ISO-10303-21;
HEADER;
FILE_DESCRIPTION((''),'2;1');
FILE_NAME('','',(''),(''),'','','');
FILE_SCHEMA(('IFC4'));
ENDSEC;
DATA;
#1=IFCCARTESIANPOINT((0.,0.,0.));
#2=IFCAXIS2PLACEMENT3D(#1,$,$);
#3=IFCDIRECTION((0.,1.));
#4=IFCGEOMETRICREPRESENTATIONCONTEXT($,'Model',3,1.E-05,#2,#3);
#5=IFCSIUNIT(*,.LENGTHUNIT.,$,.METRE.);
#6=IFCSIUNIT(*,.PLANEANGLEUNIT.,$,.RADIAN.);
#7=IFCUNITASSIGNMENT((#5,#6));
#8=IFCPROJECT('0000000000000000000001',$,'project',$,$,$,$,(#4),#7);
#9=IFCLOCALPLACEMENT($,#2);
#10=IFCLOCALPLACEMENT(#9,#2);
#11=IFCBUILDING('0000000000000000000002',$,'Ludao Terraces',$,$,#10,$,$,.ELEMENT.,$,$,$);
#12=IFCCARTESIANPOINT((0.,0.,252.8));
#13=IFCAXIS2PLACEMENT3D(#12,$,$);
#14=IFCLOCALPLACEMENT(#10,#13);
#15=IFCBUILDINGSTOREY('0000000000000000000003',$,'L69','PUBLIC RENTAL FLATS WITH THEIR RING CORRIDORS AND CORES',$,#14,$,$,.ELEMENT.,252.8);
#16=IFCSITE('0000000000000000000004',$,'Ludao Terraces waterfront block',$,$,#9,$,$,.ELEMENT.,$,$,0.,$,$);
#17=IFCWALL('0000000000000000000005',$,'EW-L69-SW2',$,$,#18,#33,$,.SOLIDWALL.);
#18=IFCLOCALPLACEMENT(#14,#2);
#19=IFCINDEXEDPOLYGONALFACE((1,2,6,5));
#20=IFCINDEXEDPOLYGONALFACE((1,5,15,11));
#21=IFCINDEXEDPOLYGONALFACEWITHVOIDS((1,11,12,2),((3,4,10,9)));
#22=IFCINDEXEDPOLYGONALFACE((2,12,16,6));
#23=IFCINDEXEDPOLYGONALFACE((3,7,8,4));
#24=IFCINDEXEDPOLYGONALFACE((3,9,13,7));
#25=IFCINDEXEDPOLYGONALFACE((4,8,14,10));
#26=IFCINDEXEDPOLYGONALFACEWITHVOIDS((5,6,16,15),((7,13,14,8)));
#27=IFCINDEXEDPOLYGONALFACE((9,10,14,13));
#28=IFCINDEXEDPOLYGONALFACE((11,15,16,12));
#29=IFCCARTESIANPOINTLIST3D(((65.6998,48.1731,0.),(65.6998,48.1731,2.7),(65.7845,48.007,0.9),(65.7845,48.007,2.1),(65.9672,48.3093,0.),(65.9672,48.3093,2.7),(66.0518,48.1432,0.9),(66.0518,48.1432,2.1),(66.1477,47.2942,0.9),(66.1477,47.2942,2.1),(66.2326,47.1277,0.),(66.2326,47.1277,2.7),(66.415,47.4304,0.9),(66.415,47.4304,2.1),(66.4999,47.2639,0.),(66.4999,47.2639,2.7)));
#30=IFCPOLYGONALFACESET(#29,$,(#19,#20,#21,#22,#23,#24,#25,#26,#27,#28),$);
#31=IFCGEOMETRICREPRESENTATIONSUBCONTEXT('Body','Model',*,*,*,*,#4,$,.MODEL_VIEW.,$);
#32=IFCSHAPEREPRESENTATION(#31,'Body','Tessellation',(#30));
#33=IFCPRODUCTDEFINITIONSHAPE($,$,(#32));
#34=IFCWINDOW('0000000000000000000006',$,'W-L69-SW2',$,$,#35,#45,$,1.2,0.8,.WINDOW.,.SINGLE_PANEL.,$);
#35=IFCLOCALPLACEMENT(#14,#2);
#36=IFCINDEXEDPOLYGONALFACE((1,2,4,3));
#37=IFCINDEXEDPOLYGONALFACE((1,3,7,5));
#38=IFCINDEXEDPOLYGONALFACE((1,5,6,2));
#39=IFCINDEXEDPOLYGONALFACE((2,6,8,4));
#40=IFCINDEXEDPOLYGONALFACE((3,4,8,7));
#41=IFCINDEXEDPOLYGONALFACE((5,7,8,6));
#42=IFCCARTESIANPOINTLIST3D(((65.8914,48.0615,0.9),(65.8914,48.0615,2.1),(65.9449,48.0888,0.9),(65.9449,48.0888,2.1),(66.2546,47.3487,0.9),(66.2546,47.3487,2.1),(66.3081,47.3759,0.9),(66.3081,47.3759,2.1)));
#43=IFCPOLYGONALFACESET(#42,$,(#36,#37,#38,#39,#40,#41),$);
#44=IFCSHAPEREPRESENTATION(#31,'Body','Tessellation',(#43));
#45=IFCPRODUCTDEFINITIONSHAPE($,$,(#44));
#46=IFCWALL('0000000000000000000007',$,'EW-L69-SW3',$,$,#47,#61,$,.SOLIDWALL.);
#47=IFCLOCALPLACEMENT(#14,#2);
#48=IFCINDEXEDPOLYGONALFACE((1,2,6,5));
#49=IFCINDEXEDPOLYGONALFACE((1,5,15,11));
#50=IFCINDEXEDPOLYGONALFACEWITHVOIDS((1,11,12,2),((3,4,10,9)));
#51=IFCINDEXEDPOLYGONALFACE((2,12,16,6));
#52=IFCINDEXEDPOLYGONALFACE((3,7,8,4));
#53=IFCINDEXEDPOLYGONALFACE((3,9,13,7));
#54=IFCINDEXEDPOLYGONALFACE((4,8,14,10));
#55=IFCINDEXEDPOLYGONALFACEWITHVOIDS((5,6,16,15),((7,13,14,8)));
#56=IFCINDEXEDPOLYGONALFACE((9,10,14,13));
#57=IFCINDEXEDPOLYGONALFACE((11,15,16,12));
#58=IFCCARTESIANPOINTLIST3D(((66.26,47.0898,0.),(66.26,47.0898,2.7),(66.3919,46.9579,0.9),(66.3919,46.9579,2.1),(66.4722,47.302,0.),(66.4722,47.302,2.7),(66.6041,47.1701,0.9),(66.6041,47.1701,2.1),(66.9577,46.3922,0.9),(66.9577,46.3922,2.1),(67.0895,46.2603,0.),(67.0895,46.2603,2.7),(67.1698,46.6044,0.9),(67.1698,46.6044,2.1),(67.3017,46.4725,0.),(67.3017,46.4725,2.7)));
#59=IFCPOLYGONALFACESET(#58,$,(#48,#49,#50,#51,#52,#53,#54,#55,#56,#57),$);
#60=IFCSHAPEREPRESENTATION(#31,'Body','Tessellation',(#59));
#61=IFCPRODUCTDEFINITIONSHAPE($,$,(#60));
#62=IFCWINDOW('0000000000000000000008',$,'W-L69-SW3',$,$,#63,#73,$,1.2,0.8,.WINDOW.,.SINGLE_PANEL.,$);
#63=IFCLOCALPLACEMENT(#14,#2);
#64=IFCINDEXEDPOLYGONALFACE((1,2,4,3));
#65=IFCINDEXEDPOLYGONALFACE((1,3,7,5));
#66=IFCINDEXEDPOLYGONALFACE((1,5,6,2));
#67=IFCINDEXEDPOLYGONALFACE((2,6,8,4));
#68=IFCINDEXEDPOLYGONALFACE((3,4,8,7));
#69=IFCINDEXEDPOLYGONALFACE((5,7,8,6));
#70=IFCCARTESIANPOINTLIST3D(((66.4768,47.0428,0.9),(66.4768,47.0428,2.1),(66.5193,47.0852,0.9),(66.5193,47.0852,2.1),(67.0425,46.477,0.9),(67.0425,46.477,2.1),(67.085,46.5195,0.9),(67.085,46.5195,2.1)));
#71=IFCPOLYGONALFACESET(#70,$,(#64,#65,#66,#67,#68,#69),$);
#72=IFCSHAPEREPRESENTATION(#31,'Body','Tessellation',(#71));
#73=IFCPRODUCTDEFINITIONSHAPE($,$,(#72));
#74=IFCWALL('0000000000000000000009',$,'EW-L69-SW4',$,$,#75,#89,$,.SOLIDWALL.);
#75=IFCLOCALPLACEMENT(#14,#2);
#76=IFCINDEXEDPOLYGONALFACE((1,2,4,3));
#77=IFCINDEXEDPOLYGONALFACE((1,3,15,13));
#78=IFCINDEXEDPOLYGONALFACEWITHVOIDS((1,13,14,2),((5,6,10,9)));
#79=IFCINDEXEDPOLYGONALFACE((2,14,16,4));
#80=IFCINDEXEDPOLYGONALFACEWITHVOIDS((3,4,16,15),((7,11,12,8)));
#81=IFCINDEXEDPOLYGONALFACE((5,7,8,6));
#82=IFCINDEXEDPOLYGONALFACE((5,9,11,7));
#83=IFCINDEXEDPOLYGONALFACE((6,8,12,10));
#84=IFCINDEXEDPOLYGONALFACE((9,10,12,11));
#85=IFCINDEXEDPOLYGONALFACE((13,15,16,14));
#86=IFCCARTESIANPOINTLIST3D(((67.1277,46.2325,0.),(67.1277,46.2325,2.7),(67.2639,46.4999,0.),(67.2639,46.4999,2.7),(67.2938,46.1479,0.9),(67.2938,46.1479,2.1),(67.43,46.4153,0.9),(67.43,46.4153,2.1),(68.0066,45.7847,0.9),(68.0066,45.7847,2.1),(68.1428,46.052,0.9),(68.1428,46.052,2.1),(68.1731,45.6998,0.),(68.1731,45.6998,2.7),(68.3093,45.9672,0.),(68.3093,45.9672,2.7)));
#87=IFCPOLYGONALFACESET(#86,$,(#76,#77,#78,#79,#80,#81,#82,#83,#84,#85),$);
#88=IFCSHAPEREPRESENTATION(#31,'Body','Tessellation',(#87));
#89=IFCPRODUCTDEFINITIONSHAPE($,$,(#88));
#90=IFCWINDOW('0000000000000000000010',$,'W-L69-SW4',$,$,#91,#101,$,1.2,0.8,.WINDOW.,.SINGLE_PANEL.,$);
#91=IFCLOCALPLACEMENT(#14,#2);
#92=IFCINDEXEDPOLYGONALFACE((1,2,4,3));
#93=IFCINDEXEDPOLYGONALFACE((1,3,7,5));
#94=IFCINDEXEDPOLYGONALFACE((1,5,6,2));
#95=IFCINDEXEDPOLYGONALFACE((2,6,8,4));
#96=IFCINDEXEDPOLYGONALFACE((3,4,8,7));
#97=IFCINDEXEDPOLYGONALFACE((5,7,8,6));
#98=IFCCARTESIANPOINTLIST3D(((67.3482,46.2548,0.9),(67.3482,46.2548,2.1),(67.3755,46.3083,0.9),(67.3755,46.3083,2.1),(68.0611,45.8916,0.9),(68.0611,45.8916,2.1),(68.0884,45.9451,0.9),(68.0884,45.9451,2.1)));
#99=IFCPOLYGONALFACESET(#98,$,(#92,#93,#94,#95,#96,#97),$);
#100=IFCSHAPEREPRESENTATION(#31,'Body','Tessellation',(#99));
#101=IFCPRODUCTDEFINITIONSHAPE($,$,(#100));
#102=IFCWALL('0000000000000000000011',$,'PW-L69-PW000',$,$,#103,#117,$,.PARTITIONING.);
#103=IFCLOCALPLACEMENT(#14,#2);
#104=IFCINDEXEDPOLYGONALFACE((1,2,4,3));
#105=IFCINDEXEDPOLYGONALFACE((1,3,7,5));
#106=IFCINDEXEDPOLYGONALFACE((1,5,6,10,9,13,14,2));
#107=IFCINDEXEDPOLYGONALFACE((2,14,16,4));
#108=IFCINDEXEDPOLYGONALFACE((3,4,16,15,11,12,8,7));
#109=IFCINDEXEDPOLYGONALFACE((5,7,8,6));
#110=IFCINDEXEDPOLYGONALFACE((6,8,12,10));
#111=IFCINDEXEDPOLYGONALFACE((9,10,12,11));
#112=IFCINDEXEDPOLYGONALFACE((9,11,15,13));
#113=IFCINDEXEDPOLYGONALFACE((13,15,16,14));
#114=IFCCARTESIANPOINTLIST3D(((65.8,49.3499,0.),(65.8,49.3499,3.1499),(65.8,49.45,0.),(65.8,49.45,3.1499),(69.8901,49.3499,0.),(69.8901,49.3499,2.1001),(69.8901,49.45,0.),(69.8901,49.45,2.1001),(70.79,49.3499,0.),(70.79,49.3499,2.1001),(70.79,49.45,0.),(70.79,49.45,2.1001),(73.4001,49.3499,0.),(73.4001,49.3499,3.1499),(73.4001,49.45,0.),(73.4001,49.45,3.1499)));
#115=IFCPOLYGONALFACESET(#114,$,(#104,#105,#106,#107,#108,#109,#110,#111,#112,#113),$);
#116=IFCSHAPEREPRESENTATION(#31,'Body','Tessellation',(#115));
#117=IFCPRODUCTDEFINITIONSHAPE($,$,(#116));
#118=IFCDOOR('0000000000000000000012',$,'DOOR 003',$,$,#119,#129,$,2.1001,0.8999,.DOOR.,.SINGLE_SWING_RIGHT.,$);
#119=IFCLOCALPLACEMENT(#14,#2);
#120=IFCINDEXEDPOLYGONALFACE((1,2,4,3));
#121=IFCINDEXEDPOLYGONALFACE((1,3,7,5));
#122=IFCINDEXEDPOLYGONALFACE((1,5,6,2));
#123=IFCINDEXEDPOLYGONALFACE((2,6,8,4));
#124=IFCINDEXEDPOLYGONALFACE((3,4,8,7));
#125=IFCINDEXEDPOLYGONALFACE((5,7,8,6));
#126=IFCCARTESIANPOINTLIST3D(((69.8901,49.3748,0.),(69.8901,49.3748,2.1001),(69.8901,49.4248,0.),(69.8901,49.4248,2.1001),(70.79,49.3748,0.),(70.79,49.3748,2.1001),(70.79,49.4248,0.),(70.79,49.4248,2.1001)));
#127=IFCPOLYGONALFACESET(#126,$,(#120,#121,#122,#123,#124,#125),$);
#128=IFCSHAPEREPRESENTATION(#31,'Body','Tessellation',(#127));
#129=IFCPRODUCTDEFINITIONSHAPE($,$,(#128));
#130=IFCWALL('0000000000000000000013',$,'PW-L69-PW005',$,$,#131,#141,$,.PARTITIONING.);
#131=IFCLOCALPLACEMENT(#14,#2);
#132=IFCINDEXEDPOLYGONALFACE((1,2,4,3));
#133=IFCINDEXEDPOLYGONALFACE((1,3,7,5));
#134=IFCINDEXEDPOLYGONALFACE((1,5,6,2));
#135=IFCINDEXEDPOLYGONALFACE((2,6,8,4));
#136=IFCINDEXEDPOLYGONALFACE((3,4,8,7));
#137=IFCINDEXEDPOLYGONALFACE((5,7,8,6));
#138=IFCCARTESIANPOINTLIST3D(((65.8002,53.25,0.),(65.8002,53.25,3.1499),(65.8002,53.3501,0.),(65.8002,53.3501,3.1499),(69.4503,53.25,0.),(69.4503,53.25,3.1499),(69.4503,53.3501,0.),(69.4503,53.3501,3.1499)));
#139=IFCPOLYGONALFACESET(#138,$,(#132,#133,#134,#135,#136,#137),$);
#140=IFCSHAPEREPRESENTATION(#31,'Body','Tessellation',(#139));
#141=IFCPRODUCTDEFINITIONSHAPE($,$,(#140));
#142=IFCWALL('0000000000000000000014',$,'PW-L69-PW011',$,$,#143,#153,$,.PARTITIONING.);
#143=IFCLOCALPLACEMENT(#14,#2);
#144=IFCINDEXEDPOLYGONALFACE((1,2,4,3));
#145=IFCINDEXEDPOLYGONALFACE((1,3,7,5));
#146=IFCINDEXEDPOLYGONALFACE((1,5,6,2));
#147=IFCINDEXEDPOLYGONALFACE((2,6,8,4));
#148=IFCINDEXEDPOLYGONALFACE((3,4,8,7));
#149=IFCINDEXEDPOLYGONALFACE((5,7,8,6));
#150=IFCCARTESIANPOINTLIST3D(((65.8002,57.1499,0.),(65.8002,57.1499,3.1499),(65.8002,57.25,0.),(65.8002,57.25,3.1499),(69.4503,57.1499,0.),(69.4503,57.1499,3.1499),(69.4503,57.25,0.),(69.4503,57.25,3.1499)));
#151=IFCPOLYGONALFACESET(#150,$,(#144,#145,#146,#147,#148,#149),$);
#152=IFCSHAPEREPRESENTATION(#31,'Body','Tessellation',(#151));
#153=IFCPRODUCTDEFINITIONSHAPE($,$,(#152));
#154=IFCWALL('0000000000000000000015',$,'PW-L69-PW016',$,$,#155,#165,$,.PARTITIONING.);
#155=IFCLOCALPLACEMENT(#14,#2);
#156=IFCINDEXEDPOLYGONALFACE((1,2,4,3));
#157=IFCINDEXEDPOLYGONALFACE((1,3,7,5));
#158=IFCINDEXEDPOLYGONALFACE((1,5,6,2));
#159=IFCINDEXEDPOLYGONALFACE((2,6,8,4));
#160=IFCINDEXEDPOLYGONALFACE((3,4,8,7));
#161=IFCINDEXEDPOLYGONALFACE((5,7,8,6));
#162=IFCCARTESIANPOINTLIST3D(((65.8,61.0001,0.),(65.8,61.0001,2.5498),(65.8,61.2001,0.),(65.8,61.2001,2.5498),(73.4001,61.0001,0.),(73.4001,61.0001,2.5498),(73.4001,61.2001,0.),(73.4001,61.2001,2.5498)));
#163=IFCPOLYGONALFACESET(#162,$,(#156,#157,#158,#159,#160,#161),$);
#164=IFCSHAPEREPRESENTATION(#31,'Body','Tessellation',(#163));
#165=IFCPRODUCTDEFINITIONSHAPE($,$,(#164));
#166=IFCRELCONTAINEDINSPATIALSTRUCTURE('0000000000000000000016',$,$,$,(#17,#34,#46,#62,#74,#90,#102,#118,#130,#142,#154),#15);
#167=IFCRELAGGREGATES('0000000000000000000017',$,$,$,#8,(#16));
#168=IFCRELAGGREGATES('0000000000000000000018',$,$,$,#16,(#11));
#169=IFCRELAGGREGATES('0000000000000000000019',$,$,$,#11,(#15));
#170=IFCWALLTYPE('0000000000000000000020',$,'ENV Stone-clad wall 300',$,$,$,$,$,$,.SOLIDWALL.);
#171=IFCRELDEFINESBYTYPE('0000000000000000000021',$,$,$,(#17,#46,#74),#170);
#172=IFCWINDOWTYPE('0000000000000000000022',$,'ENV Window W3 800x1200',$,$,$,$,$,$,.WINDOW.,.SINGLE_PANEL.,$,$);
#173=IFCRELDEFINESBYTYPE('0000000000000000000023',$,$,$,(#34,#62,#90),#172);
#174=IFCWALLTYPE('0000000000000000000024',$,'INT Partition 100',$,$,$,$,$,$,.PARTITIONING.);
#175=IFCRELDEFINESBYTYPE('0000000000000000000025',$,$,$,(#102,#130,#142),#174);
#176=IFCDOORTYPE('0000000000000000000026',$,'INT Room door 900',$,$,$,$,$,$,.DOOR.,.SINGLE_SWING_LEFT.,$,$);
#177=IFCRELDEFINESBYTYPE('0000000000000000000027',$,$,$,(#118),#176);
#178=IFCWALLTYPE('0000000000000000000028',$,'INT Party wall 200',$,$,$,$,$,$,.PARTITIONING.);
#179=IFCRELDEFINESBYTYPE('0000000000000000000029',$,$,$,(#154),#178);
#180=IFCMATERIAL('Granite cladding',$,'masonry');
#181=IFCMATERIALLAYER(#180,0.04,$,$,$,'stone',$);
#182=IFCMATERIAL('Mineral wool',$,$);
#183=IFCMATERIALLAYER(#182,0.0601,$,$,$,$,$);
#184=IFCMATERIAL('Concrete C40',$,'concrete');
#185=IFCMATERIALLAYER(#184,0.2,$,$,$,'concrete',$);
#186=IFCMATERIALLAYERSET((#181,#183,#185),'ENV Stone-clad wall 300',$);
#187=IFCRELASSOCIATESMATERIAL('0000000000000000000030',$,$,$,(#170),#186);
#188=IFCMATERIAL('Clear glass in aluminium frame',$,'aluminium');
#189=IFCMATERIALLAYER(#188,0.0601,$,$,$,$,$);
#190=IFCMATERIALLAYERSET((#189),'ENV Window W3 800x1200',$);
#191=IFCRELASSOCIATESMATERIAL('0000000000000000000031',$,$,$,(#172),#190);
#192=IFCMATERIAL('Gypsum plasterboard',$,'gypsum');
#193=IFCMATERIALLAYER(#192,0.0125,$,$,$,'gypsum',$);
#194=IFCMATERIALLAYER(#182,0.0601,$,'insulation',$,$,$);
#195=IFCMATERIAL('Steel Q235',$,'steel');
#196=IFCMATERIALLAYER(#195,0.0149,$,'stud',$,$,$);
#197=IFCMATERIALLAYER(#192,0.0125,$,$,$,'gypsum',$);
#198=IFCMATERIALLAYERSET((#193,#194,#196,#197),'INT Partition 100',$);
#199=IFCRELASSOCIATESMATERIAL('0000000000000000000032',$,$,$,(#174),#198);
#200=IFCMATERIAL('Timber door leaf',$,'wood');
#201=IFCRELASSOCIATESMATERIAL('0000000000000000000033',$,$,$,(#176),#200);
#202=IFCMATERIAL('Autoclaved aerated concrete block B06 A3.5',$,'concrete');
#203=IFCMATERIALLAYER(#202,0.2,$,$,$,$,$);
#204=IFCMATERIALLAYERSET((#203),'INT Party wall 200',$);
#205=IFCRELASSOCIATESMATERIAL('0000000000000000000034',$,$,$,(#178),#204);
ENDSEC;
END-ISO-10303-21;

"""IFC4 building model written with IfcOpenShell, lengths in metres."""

from ifc_helpers import new_model, si_unit, direction, frame, frame_2d, origin, place, context, subcontext, project, spatial, rectangle, extrude, material, layer, layer_set, type_object, element, fill, save


model = new_model("IFC4")

# Units and contexts
model_context = context("Model", 3, precision=1e-05, world=origin(), true_north=direction((0.0, 1.0)))
body_context = subcontext(model_context, "Body", "Model", "MODEL_VIEW")
ifc_project = project(units=[si_unit("LENGTHUNIT", "METRE"), si_unit("PLANEANGLEUNIT", "RADIAN")], contexts=[model_context])

# Site, building, storey
site_placement = place(None, origin())
site = spatial("IfcSite", under=ifc_project, at=site_placement, Name="Ludao Terraces waterfront block", CompositionType="ELEMENT", RefElevation=0.0)
building_placement = place(site_placement, origin())
building = spatial("IfcBuilding", under=site, at=building_placement, Name="Ludao Terraces", CompositionType="ELEMENT")
storey_placement = place(building_placement, frame((0.0, 0.0, 252.8)))
storey = spatial("IfcBuildingStorey", under=building, at=storey_placement, Name="L69", Description="PUBLIC RENTAL FLATS WITH THEIR RING CORRIDORS AND CORES", CompositionType="ELEMENT", Elevation=252.8)

# Shared definitions
ifc_material_1 = material(Name="Concrete C40", Category="concrete")

# Shared definitions
ifc_material_2 = material(Name="Granite cladding", Category="masonry")
ifc_layer_1 = layer(ifc_material_2, 0.04, Category="stone")
ifc_material_3 = material(Name="Mineral wool")
ifc_layer_2 = layer(ifc_material_3, 0.0601)
ifc_layer_3 = layer(ifc_material_1, 0.2, Category="concrete")
ifc_layer_set_1 = layer_set([ifc_layer_1, ifc_layer_2, ifc_layer_3], Name="ENV Stone-clad wall 300")
wall_type_1 = type_object("IfcWallType", Name="ENV Stone-clad wall 300", PredefinedType="SOLIDWALL", material=ifc_layer_set_1)
ifc_material_4 = material(Name="Clear glass in aluminium frame", Category="aluminium")

# Walls, openings, windows
wall_1_placement = place(storey_placement, frame((65.8335, 48.2412, 0.0), z_axis=(0.0, 0.0, 1.0), x_axis=(0.454026, -0.890989, 0.0)))
wall_1 = element("IfcWall", 1, at=wall_1_placement, inside=storey, type_object=wall_type_1, Name="EW-L69-SW2", PredefinedType="SOLIDWALL", context=body_context, shape_type="SweptSolid", body=[
    extrude(rectangle(XDim=1.1733, YDim=0.3, at=frame_2d((0.5867, 0.0))), origin(), (0.0, 0.0, 1.0), 2.7),
])
opening_1_placement = place(wall_1_placement, frame((0.1865, 0.0, 0.8999)))
opening_1 = element("IfcOpeningElement", 2, at=opening_1_placement, cuts=wall_1, PredefinedType="OPENING", context=body_context, shape_type="SweptSolid", body=[
    extrude(rectangle(XDim=0.8, YDim=1.2, at=frame_2d((0.3999, 0.6001))), frame((0.0, 0.1602, 0.0), z_axis=(0.0, -1.0, 0.0), x_axis=(1.0, 0.0, 0.0)), (0.0, 0.0, 1.0), 0.3201),
])
ifc_layer_4 = layer(ifc_material_4, 0.0601)
ifc_layer_set_2 = layer_set([ifc_layer_4], Name="ENV Window W3 800x1200")
window_type_1 = type_object("IfcWindowType", Name="ENV Window W3 800x1200", PartitioningType="SINGLE_PANEL", PredefinedType="WINDOW", material=ifc_layer_set_2)
window_1_placement = place(opening_1_placement, origin())
window_1 = element("IfcWindow", 3, at=window_1_placement, inside=storey, type_object=window_type_1, Name="W-L69-SW2", OverallHeight=1.2, OverallWidth=0.8, PartitioningType="SINGLE_PANEL", PredefinedType="WINDOW", context=body_context, shape_type="SweptSolid", body=[
    extrude(rectangle(XDim=0.8, YDim=1.2, at=frame_2d((0.3999, 0.6001))), frame((0.0, 0.03, 0.0), z_axis=(0.0, -1.0, 0.0), x_axis=(1.0, 0.0, 0.0)), (0.0, 0.0, 1.0), 0.0601),
])
fill(opening_1, window_1)
wall_2_placement = place(storey_placement, frame((66.3662, 47.1958, 0.0), z_axis=(0.0, 0.0, 1.0), x_axis=(0.707107, -0.707107, 0.0)))
wall_2 = element("IfcWall", 4, at=wall_2_placement, inside=storey, type_object=wall_type_1, Name="EW-L69-SW3", PredefinedType="SOLIDWALL", context=body_context, shape_type="SweptSolid", body=[
    extrude(rectangle(XDim=1.1731, YDim=0.3, at=frame_2d((0.5864, 0.0))), origin(), (0.0, 0.0, 1.0), 2.7),
])
opening_2_placement = place(wall_2_placement, frame((0.1865, 0.0, 0.8999)))
opening_2 = element("IfcOpeningElement", 5, at=opening_2_placement, cuts=wall_2, PredefinedType="OPENING", context=body_context, shape_type="SweptSolid", body=[
    extrude(rectangle(XDim=0.8, YDim=1.2, at=frame_2d((0.3999, 0.6001))), frame((0.0, 0.1602, 0.0), z_axis=(0.0, -1.0, 0.0), x_axis=(1.0, 0.0, 0.0)), (0.0, 0.0, 1.0), 0.3201),
])
window_2_placement = place(opening_2_placement, origin())
window_2 = element("IfcWindow", 6, at=window_2_placement, inside=storey, type_object=window_type_1, Name="W-L69-SW3", OverallHeight=1.2, OverallWidth=0.8, PartitioningType="SINGLE_PANEL", PredefinedType="WINDOW", context=body_context, shape_type="SweptSolid", body=[
    extrude(rectangle(XDim=0.8, YDim=1.2, at=frame_2d((0.3999, 0.6001))), frame((0.0, 0.03, 0.0), z_axis=(0.0, -1.0, 0.0), x_axis=(1.0, 0.0, 0.0)), (0.0, 0.0, 1.0), 0.0601),
])
fill(opening_2, window_2)
wall_3_placement = place(storey_placement, frame((67.1958, 46.3662, 0.0), z_axis=(0.0, 0.0, 1.0), x_axis=(0.890989, -0.454026, 0.0)))
wall_3 = element("IfcWall", 7, at=wall_3_placement, inside=storey, type_object=wall_type_1, Name="EW-L69-SW4", PredefinedType="SOLIDWALL", context=body_context, shape_type="SweptSolid", body=[
    extrude(rectangle(XDim=1.1733, YDim=0.3, at=frame_2d((0.5867, 0.0))), origin(), (0.0, 0.0, 1.0), 2.7),
])
opening_3_placement = place(wall_3_placement, frame((0.1865, 0.0, 0.8999)))
opening_3 = element("IfcOpeningElement", 8, at=opening_3_placement, cuts=wall_3, PredefinedType="OPENING", context=body_context, shape_type="SweptSolid", body=[
    extrude(rectangle(XDim=0.8, YDim=1.2, at=frame_2d((0.3999, 0.6001))), frame((0.0, 0.1602, 0.0), z_axis=(0.0, -1.0, 0.0), x_axis=(1.0, 0.0, 0.0)), (0.0, 0.0, 1.0), 0.3201),
])
window_3_placement = place(opening_3_placement, origin())
window_3 = element("IfcWindow", 9, at=window_3_placement, inside=storey, type_object=window_type_1, Name="W-L69-SW4", OverallHeight=1.2, OverallWidth=0.8, PartitioningType="SINGLE_PANEL", PredefinedType="WINDOW", context=body_context, shape_type="SweptSolid", body=[
    extrude(rectangle(XDim=0.8, YDim=1.2, at=frame_2d((0.3999, 0.6001))), frame((0.0, 0.03, 0.0), z_axis=(0.0, -1.0, 0.0), x_axis=(1.0, 0.0, 0.0)), (0.0, 0.0, 1.0), 0.0601),
])
fill(opening_3, window_3)

# Wall, opening, door
ifc_material_5 = material(Name="Gypsum plasterboard", Category="gypsum")
ifc_layer_5 = layer(ifc_material_5, 0.0125, Category="gypsum")
ifc_layer_6 = layer(ifc_material_3, 0.0601, Name="insulation")
ifc_material_6 = material(Name="Steel Q235", Category="steel")
ifc_layer_7 = layer(ifc_material_6, 0.0149, Name="stud")
ifc_layer_8 = layer(ifc_material_5, 0.0125, Category="gypsum")
ifc_layer_set_3 = layer_set([ifc_layer_5, ifc_layer_6, ifc_layer_7, ifc_layer_8], Name="INT Partition 100")
wall_type_2 = type_object("IfcWallType", Name="INT Partition 100", PredefinedType="PARTITIONING", material=ifc_layer_set_3)
wall_4_placement = place(storey_placement, frame((65.8, 49.3999, 0.0), z_axis=(0.0, 0.0, 1.0), x_axis=(1.0, 0.0, 0.0)))
wall_4 = element("IfcWall", 10, at=wall_4_placement, inside=storey, type_object=wall_type_2, Name="PW-L69-PW000", PredefinedType="PARTITIONING", context=body_context, shape_type="SweptSolid", body=[
    extrude(rectangle(XDim=7.6001, YDim=0.1001, at=frame_2d((3.8, 0.0))), origin(), (0.0, 0.0, 1.0), 3.1499),
])
opening_4_placement = place(wall_4_placement, frame((4.0901, 0.0, 0.0)))
opening_4 = element("IfcOpeningElement", 11, at=opening_4_placement, cuts=wall_4, PredefinedType="OPENING", context=body_context, shape_type="SweptSolid", body=[
    extrude(rectangle(XDim=0.8999, YDim=2.1001, at=frame_2d((0.45, 1.05))), frame((0.0, 0.0601, 0.0), z_axis=(0.0, -1.0, 0.0), x_axis=(1.0, 0.0, 0.0)), (0.0, 0.0, 1.0), 0.1201),
])
ifc_material_7 = material(Name="Timber door leaf", Category="wood")
door_type_1 = type_object("IfcDoorType", Name="INT Room door 900", OperationType="SINGLE_SWING_LEFT", PredefinedType="DOOR", material=ifc_material_7)
door_1_placement = place(opening_4_placement, origin())
door_1 = element("IfcDoor", 12, at=door_1_placement, inside=storey, type_object=door_type_1, Name="DOOR 003", OperationType="SINGLE_SWING_RIGHT", OverallHeight=2.1001, OverallWidth=0.8999, PredefinedType="DOOR", context=body_context, shape_type="SweptSolid", body=[
    extrude(rectangle(XDim=0.8999, YDim=2.1001, at=frame_2d((0.45, 1.05))), frame((0.0, 0.0249, 0.0), z_axis=(0.0, -1.0, 0.0), x_axis=(1.0, 0.0, 0.0)), (0.0, 0.0, 1.0), 0.05),
])
fill(opening_4, door_1)

# Walls
for number, where, z_axis, x_axis, name in (
    (13, (65.8, 53.3, 0.0), (0.0, 0.0, 1.0), (1.0, 0.0, 0.0), "PW-L69-PW005"),
    (14, (65.8, 57.2, 0.0), (0.0, 0.0, 1.0), (1.0, 0.0, 0.0), "PW-L69-PW011"),
):
    element("IfcWall", number, at=place(storey_placement, frame(where, z_axis=z_axis, x_axis=x_axis)), inside=storey, type_object=wall_type_2, Name=name, PredefinedType="PARTITIONING", context=body_context, shape_type="SweptSolid", body=[
        extrude(rectangle(XDim=3.6501, YDim=0.1001, at=frame_2d((1.8252, 0.0))), origin(), (0.0, 0.0, 1.0), 3.1499),
    ])
ifc_material_8 = material(Name="Autoclaved aerated concrete block B06 A3.5", Category="concrete")
ifc_layer_9 = layer(ifc_material_8, 0.2)
ifc_layer_set_4 = layer_set([ifc_layer_9], Name="INT Party wall 200")
wall_type_3 = type_object("IfcWallType", Name="INT Party wall 200", PredefinedType="PARTITIONING", material=ifc_layer_set_4)
wall_5_placement = place(storey_placement, frame((65.8, 61.1001, 0.0), z_axis=(0.0, 0.0, 1.0), x_axis=(1.0, 0.0, 0.0)))
element("IfcWall", 15, at=wall_5_placement, inside=storey, type_object=wall_type_3, Name="PW-L69-PW016", PredefinedType="PARTITIONING", context=body_context, shape_type="SweptSolid", body=[
    extrude(rectangle(XDim=7.6001, YDim=0.2, at=frame_2d((3.8, 0.0))), origin(), (0.0, 0.0, 1.0), 2.5498),
])

save(model, "model.ifc")
